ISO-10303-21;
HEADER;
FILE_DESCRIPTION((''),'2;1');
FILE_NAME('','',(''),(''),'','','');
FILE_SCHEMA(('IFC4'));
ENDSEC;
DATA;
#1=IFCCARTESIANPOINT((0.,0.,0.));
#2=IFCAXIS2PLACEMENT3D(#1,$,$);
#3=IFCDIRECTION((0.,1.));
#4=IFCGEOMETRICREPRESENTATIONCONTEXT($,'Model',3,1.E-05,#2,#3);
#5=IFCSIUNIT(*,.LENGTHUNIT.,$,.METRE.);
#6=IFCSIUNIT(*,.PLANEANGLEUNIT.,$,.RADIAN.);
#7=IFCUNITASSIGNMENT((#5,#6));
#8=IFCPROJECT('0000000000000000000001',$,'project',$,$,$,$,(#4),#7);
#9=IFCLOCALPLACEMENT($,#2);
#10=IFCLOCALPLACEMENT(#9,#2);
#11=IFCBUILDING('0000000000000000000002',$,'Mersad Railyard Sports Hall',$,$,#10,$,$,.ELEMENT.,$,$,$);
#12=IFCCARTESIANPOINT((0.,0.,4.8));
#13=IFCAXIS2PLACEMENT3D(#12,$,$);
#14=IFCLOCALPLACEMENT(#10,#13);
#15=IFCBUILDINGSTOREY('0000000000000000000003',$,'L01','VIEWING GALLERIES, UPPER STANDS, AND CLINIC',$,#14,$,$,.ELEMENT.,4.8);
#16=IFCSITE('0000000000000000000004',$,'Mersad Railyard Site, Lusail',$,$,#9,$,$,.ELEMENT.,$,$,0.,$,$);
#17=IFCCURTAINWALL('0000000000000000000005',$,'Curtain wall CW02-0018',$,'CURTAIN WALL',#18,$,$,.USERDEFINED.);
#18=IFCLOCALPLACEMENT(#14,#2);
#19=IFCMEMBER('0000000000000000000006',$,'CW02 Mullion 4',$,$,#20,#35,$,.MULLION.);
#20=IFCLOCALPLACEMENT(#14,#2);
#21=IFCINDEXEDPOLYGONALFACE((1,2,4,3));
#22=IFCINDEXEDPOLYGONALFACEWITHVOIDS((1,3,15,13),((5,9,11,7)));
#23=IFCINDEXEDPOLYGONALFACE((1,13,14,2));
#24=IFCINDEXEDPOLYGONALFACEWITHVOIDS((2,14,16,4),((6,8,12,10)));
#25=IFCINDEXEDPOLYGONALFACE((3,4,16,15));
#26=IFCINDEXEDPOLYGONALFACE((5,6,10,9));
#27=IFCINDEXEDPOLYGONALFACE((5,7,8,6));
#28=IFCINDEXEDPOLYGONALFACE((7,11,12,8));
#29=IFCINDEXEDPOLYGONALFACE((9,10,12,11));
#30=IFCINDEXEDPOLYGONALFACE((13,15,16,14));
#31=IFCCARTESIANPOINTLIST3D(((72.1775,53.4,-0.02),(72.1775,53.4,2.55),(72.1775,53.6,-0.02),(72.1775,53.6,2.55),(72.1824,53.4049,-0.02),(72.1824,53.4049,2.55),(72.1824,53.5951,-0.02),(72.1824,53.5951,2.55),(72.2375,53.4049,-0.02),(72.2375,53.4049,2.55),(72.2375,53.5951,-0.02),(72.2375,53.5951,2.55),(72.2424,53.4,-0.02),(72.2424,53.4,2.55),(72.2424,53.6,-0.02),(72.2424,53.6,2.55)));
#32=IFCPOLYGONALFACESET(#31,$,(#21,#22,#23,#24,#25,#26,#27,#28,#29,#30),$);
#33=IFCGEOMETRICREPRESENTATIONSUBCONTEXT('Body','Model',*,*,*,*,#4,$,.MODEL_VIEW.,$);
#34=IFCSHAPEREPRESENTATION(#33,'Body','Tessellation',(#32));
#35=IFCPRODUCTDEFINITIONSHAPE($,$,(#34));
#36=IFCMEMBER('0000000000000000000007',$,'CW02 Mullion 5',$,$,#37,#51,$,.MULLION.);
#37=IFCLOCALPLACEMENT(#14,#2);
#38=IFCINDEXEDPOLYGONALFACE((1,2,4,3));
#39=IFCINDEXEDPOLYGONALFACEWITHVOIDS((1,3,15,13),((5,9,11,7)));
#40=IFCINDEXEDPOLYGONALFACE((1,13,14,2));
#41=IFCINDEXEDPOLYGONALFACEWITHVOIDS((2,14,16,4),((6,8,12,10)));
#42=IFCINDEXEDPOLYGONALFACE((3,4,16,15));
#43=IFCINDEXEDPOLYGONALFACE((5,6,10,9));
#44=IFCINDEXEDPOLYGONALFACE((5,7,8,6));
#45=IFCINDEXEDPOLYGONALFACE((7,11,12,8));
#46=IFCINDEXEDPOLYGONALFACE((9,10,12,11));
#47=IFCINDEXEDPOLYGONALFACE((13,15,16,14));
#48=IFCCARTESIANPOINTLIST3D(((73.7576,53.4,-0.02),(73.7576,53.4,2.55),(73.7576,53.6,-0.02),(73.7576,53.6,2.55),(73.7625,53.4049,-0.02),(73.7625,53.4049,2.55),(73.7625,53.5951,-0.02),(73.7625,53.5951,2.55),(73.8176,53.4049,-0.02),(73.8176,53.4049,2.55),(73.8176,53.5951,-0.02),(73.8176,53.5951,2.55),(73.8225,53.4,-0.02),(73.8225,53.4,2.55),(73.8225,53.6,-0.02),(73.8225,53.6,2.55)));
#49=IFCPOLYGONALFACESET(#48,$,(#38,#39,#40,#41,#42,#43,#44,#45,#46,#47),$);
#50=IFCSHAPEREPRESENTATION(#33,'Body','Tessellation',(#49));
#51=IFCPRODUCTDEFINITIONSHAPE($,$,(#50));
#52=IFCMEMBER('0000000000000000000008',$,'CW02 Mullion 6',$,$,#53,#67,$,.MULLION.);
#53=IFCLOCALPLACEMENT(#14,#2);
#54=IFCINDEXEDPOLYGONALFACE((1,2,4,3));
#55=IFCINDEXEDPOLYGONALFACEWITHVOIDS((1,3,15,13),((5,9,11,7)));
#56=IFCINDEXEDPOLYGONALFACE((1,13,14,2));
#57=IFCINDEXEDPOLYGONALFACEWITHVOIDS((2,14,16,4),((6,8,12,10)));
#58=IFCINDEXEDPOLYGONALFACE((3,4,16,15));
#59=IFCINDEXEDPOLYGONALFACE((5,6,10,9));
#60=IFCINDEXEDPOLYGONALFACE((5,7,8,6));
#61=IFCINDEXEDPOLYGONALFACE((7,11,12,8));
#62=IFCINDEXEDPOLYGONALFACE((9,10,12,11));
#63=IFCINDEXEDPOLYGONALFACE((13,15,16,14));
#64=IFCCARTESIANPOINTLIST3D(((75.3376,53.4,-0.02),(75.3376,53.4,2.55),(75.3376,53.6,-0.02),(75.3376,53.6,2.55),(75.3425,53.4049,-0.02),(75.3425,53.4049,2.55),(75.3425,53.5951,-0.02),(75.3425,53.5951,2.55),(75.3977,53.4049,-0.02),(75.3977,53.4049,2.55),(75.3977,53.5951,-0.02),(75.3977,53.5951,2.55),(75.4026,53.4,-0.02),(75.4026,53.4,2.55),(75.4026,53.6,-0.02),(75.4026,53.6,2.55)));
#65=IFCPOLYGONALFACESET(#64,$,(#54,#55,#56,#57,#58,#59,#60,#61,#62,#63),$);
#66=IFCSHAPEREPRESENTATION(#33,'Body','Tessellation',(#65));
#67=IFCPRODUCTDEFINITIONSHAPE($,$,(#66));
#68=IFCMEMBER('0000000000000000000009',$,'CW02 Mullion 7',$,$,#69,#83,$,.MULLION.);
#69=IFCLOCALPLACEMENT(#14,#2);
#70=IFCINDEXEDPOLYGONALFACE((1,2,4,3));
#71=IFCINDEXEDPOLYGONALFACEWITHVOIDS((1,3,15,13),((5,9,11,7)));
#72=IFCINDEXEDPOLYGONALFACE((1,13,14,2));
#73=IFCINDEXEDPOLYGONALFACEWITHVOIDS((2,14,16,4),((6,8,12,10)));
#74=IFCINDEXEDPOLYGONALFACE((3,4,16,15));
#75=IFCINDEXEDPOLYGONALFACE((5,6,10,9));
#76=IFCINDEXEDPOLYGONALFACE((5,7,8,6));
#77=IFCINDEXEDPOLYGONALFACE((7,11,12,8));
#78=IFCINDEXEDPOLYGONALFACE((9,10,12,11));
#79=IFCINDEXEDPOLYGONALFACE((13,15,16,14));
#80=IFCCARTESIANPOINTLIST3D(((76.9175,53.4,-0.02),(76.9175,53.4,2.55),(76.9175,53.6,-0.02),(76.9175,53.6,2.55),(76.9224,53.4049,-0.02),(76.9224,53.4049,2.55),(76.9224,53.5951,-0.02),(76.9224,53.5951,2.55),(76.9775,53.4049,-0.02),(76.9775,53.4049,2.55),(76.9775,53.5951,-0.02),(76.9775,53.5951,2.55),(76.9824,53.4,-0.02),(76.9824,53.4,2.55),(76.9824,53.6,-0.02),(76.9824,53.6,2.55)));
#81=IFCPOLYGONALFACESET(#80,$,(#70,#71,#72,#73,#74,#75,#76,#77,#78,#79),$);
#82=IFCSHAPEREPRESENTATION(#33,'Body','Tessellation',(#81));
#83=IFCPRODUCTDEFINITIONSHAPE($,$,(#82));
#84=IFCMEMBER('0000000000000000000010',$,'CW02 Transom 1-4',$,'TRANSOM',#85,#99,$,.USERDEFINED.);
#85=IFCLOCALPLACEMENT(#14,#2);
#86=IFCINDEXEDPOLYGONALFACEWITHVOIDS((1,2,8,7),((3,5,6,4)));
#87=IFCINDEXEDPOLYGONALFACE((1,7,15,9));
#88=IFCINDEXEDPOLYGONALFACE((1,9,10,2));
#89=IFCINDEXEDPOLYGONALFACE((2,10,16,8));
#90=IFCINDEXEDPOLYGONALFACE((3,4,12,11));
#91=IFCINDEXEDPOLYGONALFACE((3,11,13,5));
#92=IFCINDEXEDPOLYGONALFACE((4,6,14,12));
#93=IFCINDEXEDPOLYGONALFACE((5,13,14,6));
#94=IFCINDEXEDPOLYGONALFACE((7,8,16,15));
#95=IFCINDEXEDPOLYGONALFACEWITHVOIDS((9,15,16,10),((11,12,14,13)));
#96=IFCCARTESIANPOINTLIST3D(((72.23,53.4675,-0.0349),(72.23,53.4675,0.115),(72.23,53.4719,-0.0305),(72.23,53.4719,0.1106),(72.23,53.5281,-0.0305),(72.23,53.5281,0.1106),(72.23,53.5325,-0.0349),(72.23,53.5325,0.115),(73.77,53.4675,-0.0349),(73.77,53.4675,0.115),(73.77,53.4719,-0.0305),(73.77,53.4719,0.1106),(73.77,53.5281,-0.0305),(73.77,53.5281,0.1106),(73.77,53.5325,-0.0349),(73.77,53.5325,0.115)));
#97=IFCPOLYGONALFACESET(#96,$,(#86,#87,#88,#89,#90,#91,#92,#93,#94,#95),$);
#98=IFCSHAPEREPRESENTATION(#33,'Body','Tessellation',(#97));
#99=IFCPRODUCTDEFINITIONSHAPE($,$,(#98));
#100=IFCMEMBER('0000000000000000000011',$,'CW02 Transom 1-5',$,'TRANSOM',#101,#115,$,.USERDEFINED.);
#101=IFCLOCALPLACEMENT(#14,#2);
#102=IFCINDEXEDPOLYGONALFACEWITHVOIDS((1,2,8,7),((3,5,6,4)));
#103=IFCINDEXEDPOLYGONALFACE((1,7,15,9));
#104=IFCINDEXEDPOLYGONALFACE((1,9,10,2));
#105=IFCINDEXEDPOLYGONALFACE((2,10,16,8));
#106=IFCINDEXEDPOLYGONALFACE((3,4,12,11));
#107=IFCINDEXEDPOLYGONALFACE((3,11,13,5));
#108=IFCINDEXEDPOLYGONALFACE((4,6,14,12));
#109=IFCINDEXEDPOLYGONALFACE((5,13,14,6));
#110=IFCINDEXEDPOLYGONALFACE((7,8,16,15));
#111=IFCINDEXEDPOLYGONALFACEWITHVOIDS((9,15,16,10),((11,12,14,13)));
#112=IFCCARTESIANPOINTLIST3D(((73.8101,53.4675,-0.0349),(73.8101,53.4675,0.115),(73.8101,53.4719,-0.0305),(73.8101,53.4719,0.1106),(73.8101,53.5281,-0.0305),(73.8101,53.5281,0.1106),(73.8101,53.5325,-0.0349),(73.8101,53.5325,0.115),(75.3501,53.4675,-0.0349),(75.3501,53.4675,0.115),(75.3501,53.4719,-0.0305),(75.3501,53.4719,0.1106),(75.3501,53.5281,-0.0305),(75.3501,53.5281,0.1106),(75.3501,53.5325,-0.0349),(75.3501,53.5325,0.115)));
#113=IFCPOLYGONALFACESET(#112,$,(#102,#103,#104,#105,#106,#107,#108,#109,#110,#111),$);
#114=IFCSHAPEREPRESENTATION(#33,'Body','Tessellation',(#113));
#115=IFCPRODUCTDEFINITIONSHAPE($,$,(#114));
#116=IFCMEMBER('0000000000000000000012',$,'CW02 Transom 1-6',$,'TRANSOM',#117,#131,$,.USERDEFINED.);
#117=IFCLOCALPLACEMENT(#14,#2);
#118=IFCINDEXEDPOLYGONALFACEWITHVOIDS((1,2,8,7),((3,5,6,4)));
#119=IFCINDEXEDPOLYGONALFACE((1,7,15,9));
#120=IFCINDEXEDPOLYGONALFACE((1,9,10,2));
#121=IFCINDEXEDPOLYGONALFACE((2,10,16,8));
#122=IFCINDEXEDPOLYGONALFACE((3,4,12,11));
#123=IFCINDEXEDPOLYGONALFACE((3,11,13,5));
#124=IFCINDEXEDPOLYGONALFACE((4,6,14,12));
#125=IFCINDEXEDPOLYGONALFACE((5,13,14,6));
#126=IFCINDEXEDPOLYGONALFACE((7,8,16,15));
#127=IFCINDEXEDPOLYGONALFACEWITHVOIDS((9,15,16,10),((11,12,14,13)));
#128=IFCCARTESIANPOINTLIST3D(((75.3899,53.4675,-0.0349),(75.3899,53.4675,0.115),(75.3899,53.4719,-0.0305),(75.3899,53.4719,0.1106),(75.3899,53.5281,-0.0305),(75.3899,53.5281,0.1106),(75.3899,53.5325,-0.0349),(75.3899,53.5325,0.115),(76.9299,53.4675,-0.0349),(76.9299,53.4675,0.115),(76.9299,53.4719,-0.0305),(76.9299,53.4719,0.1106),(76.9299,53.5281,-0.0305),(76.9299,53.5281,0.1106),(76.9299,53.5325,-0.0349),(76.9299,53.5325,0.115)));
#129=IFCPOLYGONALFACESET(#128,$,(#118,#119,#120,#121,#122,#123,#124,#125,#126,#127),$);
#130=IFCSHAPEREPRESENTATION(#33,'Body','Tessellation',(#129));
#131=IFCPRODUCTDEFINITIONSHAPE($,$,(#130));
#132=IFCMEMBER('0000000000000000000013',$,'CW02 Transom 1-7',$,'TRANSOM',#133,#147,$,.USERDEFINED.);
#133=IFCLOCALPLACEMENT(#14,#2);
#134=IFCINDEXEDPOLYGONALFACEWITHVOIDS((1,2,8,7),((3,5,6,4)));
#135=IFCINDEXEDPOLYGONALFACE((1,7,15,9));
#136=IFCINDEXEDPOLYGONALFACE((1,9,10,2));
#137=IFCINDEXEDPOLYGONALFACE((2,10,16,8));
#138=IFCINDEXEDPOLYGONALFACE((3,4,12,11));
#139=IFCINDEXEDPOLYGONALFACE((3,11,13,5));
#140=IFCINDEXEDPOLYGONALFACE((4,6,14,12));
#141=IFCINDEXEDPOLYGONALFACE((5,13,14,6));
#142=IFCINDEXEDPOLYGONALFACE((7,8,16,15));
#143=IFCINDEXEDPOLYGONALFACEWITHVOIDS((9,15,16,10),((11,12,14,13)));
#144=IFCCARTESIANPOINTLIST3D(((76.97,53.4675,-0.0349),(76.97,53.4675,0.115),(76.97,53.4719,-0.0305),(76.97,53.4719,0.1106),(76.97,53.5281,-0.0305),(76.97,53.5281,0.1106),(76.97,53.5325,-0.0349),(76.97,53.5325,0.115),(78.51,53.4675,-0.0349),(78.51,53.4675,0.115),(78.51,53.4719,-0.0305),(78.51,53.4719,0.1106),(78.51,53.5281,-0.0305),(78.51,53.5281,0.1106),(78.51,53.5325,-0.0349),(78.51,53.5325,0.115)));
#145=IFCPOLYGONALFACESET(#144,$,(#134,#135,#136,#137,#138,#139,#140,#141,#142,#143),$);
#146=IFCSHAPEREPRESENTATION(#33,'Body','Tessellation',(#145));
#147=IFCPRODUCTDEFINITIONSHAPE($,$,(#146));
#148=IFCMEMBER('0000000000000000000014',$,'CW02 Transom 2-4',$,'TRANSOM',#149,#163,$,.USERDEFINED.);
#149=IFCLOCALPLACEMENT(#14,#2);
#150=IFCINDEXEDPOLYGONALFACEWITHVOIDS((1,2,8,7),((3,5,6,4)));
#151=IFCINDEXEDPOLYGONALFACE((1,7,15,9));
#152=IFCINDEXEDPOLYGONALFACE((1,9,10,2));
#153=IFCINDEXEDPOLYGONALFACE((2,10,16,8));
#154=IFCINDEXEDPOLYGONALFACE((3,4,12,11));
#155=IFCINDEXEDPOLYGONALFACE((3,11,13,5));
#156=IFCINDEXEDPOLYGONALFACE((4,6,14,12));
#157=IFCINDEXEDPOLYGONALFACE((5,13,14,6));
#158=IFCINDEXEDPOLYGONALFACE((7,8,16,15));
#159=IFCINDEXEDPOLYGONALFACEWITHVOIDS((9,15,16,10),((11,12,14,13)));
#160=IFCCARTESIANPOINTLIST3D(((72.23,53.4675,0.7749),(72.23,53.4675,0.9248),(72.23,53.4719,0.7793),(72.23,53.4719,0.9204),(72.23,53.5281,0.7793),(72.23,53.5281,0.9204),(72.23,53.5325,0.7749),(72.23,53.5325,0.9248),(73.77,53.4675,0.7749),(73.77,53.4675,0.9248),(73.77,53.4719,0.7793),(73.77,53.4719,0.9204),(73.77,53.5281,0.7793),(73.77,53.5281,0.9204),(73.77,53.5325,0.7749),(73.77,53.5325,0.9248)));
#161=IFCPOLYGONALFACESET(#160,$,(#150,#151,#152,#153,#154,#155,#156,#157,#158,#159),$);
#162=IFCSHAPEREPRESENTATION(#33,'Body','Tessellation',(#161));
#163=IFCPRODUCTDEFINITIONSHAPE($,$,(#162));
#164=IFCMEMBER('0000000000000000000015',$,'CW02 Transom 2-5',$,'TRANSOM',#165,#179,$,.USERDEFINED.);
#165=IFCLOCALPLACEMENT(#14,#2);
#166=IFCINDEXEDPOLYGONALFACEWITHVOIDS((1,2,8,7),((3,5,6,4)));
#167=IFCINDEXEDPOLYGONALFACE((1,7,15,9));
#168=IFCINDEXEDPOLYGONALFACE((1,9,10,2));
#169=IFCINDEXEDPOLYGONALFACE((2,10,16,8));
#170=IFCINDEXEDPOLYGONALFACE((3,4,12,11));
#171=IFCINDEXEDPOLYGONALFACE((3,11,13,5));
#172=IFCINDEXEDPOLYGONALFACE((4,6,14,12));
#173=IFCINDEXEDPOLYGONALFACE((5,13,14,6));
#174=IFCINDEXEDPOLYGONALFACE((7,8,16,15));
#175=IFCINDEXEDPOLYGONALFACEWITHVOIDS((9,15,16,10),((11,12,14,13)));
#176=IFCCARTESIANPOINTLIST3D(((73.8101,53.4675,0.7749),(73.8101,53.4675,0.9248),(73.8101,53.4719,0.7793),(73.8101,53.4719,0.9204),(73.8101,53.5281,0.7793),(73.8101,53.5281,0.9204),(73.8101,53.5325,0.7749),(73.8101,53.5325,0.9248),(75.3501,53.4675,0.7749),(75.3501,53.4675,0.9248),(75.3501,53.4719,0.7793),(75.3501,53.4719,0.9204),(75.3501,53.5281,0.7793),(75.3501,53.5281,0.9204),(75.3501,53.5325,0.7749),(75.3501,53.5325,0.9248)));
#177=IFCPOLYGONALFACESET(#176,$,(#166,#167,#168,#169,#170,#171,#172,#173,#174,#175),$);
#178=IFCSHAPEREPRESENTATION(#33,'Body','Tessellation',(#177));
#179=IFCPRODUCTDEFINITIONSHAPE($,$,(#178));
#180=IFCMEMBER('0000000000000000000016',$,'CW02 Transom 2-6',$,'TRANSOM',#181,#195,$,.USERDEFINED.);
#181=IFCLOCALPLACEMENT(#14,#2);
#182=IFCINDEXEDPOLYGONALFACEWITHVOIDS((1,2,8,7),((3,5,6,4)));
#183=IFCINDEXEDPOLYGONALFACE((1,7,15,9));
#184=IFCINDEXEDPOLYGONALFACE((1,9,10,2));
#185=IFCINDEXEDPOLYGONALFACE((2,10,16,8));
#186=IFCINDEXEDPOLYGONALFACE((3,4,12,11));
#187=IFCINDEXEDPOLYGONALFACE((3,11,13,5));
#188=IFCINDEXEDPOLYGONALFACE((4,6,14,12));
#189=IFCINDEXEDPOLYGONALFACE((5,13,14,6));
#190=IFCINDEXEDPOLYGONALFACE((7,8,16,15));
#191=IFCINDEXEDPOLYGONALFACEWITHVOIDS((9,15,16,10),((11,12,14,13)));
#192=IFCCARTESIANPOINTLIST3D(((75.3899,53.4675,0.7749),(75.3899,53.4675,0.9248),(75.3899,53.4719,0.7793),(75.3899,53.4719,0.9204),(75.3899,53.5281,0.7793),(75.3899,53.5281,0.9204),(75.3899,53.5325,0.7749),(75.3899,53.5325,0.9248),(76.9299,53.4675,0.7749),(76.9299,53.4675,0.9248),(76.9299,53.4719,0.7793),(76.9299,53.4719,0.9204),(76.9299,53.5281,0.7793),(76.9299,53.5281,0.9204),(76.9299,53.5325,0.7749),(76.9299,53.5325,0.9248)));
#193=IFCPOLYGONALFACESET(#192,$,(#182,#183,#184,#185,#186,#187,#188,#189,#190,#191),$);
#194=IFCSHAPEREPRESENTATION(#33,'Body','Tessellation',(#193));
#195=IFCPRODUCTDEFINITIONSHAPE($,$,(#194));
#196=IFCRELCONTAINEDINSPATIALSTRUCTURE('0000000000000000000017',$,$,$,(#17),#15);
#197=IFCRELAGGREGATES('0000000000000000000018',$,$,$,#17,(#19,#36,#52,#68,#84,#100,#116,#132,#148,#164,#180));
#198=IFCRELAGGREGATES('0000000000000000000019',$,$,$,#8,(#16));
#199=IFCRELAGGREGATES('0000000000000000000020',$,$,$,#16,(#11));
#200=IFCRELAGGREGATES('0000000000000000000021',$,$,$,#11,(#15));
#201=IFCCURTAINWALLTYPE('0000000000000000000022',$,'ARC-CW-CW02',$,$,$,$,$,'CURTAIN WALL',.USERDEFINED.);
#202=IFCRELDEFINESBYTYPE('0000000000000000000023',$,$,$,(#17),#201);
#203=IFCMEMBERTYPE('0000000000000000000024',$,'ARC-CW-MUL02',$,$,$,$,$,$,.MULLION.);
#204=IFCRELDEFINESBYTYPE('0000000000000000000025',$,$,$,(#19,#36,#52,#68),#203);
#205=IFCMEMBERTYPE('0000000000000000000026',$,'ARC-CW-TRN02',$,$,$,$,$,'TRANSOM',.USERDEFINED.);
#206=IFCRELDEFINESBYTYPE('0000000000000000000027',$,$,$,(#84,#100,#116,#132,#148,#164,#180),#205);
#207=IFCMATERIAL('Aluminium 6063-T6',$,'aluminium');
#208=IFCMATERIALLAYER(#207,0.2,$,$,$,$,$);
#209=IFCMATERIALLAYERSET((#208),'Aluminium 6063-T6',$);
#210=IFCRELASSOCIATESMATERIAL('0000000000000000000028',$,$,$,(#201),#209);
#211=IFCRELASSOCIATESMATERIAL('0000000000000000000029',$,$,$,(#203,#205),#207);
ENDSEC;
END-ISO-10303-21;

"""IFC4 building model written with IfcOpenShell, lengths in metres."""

from ifc_helpers import new_model, si_unit, direction, frame, origin, origin_2d, place, context, subcontext, project, spatial, hollow_rectangle, extrude, material, layer, layer_set, material_profile, profile_set, type_object, element, aggregate, save


model = new_model("IFC4")

# Units and contexts
model_context = context("Model", 3, precision=1e-05, world=origin(), true_north=direction((0.0, 1.0)))
body_context = subcontext(model_context, "Body", "Model", "MODEL_VIEW")
ifc_project = project(units=[si_unit("LENGTHUNIT", "METRE"), si_unit("PLANEANGLEUNIT", "RADIAN")], contexts=[model_context])

# Site, building, storey
site_placement = place(None, origin())
site = spatial("IfcSite", under=ifc_project, at=site_placement, Name="Mersad Railyard Site, Lusail", CompositionType="ELEMENT", RefElevation=0.0)
building_placement = place(site_placement, origin())
building = spatial("IfcBuilding", under=site, at=building_placement, Name="Mersad Railyard Sports Hall", CompositionType="ELEMENT")
storey_placement = place(building_placement, frame((0.0, 0.0, 4.8)))
storey = spatial("IfcBuildingStorey", under=building, at=storey_placement, Name="L01", Description="VIEWING GALLERIES, UPPER STANDS, AND CLINIC", CompositionType="ELEMENT", Elevation=4.8)

# Curtain wall, members
ifc_material_1 = material(Name="Aluminium 6063-T6", Category="aluminium")
ifc_layer_1 = layer(ifc_material_1, 0.2)
ifc_layer_set_1 = layer_set([ifc_layer_1], Name="Aluminium 6063-T6")
curtain_wall_type = type_object("IfcCurtainWallType", Name="ARC-CW-CW02", ElementType="CURTAIN WALL", PredefinedType="USERDEFINED", material=ifc_layer_set_1)
curtain_wall_placement = place(storey_placement, origin())
curtain_wall = element("IfcCurtainWall", 1, at=curtain_wall_placement, inside=storey, type_object=curtain_wall_type, Name="Curtain wall CW02-0018", ObjectType="CURTAIN WALL", PredefinedType="USERDEFINED")
ifc_material_profile_1 = material_profile(ifc_material_1, hollow_rectangle(XDim=0.0649, YDim=0.2, WallThickness=0.0049, at=origin_2d()), Name="AL MULLION 65x200x5")
ifc_profile_set_1 = profile_set([ifc_material_profile_1], Name="Aluminium 6063-T6")
member_type_1 = type_object("IfcMemberType", Name="ARC-CW-MUL02", PredefinedType="MULLION", material=ifc_profile_set_1)
member_1_placement = place(storey_placement, frame((72.21, 53.5, -0.02), z_axis=(0.0, 0.0, 1.0), x_axis=(1.0, 0.0, 0.0)))
member_1 = element("IfcMember", 2, at=member_1_placement, type_object=member_type_1, Name="CW02 Mullion 4", PredefinedType="MULLION", context=body_context, shape_type="SweptSolid", body=[
    extrude(hollow_rectangle(XDim=0.0649, YDim=0.2, WallThickness=0.0049, at=origin_2d()), origin(), (0.0, 0.0, 1.0), 2.5701),
])
member_2_placement = place(storey_placement, frame((73.79, 53.5, -0.02), z_axis=(0.0, 0.0, 1.0), x_axis=(1.0, 0.0, 0.0)))
member_2 = element("IfcMember", 3, at=member_2_placement, type_object=member_type_1, Name="CW02 Mullion 5", PredefinedType="MULLION", context=body_context, shape_type="SweptSolid", body=[
    extrude(hollow_rectangle(XDim=0.0649, YDim=0.2, WallThickness=0.0049, at=origin_2d()), origin(), (0.0, 0.0, 1.0), 2.5701),
])
member_3_placement = place(storey_placement, frame((75.3701, 53.5, -0.02), z_axis=(0.0, 0.0, 1.0), x_axis=(1.0, 0.0, 0.0)))
member_3 = element("IfcMember", 4, at=member_3_placement, type_object=member_type_1, Name="CW02 Mullion 6", PredefinedType="MULLION", context=body_context, shape_type="SweptSolid", body=[
    extrude(hollow_rectangle(XDim=0.0649, YDim=0.2, WallThickness=0.0049, at=origin_2d()), origin(), (0.0, 0.0, 1.0), 2.5701),
])
member_4_placement = place(storey_placement, frame((76.95, 53.5, -0.02), z_axis=(0.0, 0.0, 1.0), x_axis=(1.0, 0.0, 0.0)))
member_4 = element("IfcMember", 5, at=member_4_placement, type_object=member_type_1, Name="CW02 Mullion 7", PredefinedType="MULLION", context=body_context, shape_type="SweptSolid", body=[
    extrude(hollow_rectangle(XDim=0.0649, YDim=0.2, WallThickness=0.0049, at=origin_2d()), origin(), (0.0, 0.0, 1.0), 2.5701),
])
ifc_material_profile_2 = material_profile(ifc_material_1, hollow_rectangle(XDim=0.0649, YDim=0.1499, WallThickness=0.0044, at=origin_2d()), Name="AL TRANSOM 65x150x4.5")
ifc_profile_set_2 = profile_set([ifc_material_profile_2], Name="Aluminium 6063-T6")
member_type_2 = type_object("IfcMemberType", Name="ARC-CW-TRN02", ElementType="TRANSOM", PredefinedType="USERDEFINED", material=ifc_profile_set_2)
member_5_placement = place(storey_placement, frame((72.23, 53.5, 0.04), z_axis=(1.0, 0.0, 0.0), x_axis=(0.0, 1.0, 0.0)))
member_5 = element("IfcMember", 6, at=member_5_placement, type_object=member_type_2, Name="CW02 Transom 1-4", ObjectType="TRANSOM", PredefinedType="USERDEFINED", context=body_context, shape_type="SweptSolid", body=[
    extrude(hollow_rectangle(XDim=0.0649, YDim=0.1499, WallThickness=0.0044, at=origin_2d()), origin(), (0.0, 0.0, 1.0), 1.54),
])
member_6_placement = place(storey_placement, frame((73.8101, 53.5, 0.04), z_axis=(1.0, 0.0, 0.0), x_axis=(0.0, 1.0, 0.0)))
member_6 = element("IfcMember", 7, at=member_6_placement, type_object=member_type_2, Name="CW02 Transom 1-5", ObjectType="TRANSOM", PredefinedType="USERDEFINED", context=body_context, shape_type="SweptSolid", body=[
    extrude(hollow_rectangle(XDim=0.0649, YDim=0.1499, WallThickness=0.0044, at=origin_2d()), origin(), (0.0, 0.0, 1.0), 1.54),
])
member_7_placement = place(storey_placement, frame((75.3899, 53.5, 0.04), z_axis=(1.0, 0.0, 0.0), x_axis=(0.0, 1.0, 0.0)))
member_7 = element("IfcMember", 8, at=member_7_placement, type_object=member_type_2, Name="CW02 Transom 1-6", ObjectType="TRANSOM", PredefinedType="USERDEFINED", context=body_context, shape_type="SweptSolid", body=[
    extrude(hollow_rectangle(XDim=0.0649, YDim=0.1499, WallThickness=0.0044, at=origin_2d()), origin(), (0.0, 0.0, 1.0), 1.54),
])
member_8_placement = place(storey_placement, frame((76.97, 53.5, 0.04), z_axis=(1.0, 0.0, 0.0), x_axis=(0.0, 1.0, 0.0)))
member_8 = element("IfcMember", 9, at=member_8_placement, type_object=member_type_2, Name="CW02 Transom 1-7", ObjectType="TRANSOM", PredefinedType="USERDEFINED", context=body_context, shape_type="SweptSolid", body=[
    extrude(hollow_rectangle(XDim=0.0649, YDim=0.1499, WallThickness=0.0044, at=origin_2d()), origin(), (0.0, 0.0, 1.0), 1.54),
])
member_9_placement = place(storey_placement, frame((72.23, 53.5, 0.8499), z_axis=(1.0, 0.0, 0.0), x_axis=(0.0, 1.0, 0.0)))
member_9 = element("IfcMember", 10, at=member_9_placement, type_object=member_type_2, Name="CW02 Transom 2-4", ObjectType="TRANSOM", PredefinedType="USERDEFINED", context=body_context, shape_type="SweptSolid", body=[
    extrude(hollow_rectangle(XDim=0.0649, YDim=0.1499, WallThickness=0.0044, at=origin_2d()), origin(), (0.0, 0.0, 1.0), 1.54),
])
member_10_placement = place(storey_placement, frame((73.8101, 53.5, 0.8499), z_axis=(1.0, 0.0, 0.0), x_axis=(0.0, 1.0, 0.0)))
member_10 = element("IfcMember", 11, at=member_10_placement, type_object=member_type_2, Name="CW02 Transom 2-5", ObjectType="TRANSOM", PredefinedType="USERDEFINED", context=body_context, shape_type="SweptSolid", body=[
    extrude(hollow_rectangle(XDim=0.0649, YDim=0.1499, WallThickness=0.0044, at=origin_2d()), origin(), (0.0, 0.0, 1.0), 1.54),
])
member_11_placement = place(storey_placement, frame((75.3899, 53.5, 0.8499), z_axis=(1.0, 0.0, 0.0), x_axis=(0.0, 1.0, 0.0)))
member_11 = element("IfcMember", 12, at=member_11_placement, type_object=member_type_2, Name="CW02 Transom 2-6", ObjectType="TRANSOM", PredefinedType="USERDEFINED", context=body_context, shape_type="SweptSolid", body=[
    extrude(hollow_rectangle(XDim=0.0649, YDim=0.1499, WallThickness=0.0044, at=origin_2d()), origin(), (0.0, 0.0, 1.0), 1.54),
])

aggregate(curtain_wall, [member_1, member_2, member_3, member_4, member_5, member_6, member_7, member_8, member_9, member_10, member_11])

save(model, "model.ifc")
